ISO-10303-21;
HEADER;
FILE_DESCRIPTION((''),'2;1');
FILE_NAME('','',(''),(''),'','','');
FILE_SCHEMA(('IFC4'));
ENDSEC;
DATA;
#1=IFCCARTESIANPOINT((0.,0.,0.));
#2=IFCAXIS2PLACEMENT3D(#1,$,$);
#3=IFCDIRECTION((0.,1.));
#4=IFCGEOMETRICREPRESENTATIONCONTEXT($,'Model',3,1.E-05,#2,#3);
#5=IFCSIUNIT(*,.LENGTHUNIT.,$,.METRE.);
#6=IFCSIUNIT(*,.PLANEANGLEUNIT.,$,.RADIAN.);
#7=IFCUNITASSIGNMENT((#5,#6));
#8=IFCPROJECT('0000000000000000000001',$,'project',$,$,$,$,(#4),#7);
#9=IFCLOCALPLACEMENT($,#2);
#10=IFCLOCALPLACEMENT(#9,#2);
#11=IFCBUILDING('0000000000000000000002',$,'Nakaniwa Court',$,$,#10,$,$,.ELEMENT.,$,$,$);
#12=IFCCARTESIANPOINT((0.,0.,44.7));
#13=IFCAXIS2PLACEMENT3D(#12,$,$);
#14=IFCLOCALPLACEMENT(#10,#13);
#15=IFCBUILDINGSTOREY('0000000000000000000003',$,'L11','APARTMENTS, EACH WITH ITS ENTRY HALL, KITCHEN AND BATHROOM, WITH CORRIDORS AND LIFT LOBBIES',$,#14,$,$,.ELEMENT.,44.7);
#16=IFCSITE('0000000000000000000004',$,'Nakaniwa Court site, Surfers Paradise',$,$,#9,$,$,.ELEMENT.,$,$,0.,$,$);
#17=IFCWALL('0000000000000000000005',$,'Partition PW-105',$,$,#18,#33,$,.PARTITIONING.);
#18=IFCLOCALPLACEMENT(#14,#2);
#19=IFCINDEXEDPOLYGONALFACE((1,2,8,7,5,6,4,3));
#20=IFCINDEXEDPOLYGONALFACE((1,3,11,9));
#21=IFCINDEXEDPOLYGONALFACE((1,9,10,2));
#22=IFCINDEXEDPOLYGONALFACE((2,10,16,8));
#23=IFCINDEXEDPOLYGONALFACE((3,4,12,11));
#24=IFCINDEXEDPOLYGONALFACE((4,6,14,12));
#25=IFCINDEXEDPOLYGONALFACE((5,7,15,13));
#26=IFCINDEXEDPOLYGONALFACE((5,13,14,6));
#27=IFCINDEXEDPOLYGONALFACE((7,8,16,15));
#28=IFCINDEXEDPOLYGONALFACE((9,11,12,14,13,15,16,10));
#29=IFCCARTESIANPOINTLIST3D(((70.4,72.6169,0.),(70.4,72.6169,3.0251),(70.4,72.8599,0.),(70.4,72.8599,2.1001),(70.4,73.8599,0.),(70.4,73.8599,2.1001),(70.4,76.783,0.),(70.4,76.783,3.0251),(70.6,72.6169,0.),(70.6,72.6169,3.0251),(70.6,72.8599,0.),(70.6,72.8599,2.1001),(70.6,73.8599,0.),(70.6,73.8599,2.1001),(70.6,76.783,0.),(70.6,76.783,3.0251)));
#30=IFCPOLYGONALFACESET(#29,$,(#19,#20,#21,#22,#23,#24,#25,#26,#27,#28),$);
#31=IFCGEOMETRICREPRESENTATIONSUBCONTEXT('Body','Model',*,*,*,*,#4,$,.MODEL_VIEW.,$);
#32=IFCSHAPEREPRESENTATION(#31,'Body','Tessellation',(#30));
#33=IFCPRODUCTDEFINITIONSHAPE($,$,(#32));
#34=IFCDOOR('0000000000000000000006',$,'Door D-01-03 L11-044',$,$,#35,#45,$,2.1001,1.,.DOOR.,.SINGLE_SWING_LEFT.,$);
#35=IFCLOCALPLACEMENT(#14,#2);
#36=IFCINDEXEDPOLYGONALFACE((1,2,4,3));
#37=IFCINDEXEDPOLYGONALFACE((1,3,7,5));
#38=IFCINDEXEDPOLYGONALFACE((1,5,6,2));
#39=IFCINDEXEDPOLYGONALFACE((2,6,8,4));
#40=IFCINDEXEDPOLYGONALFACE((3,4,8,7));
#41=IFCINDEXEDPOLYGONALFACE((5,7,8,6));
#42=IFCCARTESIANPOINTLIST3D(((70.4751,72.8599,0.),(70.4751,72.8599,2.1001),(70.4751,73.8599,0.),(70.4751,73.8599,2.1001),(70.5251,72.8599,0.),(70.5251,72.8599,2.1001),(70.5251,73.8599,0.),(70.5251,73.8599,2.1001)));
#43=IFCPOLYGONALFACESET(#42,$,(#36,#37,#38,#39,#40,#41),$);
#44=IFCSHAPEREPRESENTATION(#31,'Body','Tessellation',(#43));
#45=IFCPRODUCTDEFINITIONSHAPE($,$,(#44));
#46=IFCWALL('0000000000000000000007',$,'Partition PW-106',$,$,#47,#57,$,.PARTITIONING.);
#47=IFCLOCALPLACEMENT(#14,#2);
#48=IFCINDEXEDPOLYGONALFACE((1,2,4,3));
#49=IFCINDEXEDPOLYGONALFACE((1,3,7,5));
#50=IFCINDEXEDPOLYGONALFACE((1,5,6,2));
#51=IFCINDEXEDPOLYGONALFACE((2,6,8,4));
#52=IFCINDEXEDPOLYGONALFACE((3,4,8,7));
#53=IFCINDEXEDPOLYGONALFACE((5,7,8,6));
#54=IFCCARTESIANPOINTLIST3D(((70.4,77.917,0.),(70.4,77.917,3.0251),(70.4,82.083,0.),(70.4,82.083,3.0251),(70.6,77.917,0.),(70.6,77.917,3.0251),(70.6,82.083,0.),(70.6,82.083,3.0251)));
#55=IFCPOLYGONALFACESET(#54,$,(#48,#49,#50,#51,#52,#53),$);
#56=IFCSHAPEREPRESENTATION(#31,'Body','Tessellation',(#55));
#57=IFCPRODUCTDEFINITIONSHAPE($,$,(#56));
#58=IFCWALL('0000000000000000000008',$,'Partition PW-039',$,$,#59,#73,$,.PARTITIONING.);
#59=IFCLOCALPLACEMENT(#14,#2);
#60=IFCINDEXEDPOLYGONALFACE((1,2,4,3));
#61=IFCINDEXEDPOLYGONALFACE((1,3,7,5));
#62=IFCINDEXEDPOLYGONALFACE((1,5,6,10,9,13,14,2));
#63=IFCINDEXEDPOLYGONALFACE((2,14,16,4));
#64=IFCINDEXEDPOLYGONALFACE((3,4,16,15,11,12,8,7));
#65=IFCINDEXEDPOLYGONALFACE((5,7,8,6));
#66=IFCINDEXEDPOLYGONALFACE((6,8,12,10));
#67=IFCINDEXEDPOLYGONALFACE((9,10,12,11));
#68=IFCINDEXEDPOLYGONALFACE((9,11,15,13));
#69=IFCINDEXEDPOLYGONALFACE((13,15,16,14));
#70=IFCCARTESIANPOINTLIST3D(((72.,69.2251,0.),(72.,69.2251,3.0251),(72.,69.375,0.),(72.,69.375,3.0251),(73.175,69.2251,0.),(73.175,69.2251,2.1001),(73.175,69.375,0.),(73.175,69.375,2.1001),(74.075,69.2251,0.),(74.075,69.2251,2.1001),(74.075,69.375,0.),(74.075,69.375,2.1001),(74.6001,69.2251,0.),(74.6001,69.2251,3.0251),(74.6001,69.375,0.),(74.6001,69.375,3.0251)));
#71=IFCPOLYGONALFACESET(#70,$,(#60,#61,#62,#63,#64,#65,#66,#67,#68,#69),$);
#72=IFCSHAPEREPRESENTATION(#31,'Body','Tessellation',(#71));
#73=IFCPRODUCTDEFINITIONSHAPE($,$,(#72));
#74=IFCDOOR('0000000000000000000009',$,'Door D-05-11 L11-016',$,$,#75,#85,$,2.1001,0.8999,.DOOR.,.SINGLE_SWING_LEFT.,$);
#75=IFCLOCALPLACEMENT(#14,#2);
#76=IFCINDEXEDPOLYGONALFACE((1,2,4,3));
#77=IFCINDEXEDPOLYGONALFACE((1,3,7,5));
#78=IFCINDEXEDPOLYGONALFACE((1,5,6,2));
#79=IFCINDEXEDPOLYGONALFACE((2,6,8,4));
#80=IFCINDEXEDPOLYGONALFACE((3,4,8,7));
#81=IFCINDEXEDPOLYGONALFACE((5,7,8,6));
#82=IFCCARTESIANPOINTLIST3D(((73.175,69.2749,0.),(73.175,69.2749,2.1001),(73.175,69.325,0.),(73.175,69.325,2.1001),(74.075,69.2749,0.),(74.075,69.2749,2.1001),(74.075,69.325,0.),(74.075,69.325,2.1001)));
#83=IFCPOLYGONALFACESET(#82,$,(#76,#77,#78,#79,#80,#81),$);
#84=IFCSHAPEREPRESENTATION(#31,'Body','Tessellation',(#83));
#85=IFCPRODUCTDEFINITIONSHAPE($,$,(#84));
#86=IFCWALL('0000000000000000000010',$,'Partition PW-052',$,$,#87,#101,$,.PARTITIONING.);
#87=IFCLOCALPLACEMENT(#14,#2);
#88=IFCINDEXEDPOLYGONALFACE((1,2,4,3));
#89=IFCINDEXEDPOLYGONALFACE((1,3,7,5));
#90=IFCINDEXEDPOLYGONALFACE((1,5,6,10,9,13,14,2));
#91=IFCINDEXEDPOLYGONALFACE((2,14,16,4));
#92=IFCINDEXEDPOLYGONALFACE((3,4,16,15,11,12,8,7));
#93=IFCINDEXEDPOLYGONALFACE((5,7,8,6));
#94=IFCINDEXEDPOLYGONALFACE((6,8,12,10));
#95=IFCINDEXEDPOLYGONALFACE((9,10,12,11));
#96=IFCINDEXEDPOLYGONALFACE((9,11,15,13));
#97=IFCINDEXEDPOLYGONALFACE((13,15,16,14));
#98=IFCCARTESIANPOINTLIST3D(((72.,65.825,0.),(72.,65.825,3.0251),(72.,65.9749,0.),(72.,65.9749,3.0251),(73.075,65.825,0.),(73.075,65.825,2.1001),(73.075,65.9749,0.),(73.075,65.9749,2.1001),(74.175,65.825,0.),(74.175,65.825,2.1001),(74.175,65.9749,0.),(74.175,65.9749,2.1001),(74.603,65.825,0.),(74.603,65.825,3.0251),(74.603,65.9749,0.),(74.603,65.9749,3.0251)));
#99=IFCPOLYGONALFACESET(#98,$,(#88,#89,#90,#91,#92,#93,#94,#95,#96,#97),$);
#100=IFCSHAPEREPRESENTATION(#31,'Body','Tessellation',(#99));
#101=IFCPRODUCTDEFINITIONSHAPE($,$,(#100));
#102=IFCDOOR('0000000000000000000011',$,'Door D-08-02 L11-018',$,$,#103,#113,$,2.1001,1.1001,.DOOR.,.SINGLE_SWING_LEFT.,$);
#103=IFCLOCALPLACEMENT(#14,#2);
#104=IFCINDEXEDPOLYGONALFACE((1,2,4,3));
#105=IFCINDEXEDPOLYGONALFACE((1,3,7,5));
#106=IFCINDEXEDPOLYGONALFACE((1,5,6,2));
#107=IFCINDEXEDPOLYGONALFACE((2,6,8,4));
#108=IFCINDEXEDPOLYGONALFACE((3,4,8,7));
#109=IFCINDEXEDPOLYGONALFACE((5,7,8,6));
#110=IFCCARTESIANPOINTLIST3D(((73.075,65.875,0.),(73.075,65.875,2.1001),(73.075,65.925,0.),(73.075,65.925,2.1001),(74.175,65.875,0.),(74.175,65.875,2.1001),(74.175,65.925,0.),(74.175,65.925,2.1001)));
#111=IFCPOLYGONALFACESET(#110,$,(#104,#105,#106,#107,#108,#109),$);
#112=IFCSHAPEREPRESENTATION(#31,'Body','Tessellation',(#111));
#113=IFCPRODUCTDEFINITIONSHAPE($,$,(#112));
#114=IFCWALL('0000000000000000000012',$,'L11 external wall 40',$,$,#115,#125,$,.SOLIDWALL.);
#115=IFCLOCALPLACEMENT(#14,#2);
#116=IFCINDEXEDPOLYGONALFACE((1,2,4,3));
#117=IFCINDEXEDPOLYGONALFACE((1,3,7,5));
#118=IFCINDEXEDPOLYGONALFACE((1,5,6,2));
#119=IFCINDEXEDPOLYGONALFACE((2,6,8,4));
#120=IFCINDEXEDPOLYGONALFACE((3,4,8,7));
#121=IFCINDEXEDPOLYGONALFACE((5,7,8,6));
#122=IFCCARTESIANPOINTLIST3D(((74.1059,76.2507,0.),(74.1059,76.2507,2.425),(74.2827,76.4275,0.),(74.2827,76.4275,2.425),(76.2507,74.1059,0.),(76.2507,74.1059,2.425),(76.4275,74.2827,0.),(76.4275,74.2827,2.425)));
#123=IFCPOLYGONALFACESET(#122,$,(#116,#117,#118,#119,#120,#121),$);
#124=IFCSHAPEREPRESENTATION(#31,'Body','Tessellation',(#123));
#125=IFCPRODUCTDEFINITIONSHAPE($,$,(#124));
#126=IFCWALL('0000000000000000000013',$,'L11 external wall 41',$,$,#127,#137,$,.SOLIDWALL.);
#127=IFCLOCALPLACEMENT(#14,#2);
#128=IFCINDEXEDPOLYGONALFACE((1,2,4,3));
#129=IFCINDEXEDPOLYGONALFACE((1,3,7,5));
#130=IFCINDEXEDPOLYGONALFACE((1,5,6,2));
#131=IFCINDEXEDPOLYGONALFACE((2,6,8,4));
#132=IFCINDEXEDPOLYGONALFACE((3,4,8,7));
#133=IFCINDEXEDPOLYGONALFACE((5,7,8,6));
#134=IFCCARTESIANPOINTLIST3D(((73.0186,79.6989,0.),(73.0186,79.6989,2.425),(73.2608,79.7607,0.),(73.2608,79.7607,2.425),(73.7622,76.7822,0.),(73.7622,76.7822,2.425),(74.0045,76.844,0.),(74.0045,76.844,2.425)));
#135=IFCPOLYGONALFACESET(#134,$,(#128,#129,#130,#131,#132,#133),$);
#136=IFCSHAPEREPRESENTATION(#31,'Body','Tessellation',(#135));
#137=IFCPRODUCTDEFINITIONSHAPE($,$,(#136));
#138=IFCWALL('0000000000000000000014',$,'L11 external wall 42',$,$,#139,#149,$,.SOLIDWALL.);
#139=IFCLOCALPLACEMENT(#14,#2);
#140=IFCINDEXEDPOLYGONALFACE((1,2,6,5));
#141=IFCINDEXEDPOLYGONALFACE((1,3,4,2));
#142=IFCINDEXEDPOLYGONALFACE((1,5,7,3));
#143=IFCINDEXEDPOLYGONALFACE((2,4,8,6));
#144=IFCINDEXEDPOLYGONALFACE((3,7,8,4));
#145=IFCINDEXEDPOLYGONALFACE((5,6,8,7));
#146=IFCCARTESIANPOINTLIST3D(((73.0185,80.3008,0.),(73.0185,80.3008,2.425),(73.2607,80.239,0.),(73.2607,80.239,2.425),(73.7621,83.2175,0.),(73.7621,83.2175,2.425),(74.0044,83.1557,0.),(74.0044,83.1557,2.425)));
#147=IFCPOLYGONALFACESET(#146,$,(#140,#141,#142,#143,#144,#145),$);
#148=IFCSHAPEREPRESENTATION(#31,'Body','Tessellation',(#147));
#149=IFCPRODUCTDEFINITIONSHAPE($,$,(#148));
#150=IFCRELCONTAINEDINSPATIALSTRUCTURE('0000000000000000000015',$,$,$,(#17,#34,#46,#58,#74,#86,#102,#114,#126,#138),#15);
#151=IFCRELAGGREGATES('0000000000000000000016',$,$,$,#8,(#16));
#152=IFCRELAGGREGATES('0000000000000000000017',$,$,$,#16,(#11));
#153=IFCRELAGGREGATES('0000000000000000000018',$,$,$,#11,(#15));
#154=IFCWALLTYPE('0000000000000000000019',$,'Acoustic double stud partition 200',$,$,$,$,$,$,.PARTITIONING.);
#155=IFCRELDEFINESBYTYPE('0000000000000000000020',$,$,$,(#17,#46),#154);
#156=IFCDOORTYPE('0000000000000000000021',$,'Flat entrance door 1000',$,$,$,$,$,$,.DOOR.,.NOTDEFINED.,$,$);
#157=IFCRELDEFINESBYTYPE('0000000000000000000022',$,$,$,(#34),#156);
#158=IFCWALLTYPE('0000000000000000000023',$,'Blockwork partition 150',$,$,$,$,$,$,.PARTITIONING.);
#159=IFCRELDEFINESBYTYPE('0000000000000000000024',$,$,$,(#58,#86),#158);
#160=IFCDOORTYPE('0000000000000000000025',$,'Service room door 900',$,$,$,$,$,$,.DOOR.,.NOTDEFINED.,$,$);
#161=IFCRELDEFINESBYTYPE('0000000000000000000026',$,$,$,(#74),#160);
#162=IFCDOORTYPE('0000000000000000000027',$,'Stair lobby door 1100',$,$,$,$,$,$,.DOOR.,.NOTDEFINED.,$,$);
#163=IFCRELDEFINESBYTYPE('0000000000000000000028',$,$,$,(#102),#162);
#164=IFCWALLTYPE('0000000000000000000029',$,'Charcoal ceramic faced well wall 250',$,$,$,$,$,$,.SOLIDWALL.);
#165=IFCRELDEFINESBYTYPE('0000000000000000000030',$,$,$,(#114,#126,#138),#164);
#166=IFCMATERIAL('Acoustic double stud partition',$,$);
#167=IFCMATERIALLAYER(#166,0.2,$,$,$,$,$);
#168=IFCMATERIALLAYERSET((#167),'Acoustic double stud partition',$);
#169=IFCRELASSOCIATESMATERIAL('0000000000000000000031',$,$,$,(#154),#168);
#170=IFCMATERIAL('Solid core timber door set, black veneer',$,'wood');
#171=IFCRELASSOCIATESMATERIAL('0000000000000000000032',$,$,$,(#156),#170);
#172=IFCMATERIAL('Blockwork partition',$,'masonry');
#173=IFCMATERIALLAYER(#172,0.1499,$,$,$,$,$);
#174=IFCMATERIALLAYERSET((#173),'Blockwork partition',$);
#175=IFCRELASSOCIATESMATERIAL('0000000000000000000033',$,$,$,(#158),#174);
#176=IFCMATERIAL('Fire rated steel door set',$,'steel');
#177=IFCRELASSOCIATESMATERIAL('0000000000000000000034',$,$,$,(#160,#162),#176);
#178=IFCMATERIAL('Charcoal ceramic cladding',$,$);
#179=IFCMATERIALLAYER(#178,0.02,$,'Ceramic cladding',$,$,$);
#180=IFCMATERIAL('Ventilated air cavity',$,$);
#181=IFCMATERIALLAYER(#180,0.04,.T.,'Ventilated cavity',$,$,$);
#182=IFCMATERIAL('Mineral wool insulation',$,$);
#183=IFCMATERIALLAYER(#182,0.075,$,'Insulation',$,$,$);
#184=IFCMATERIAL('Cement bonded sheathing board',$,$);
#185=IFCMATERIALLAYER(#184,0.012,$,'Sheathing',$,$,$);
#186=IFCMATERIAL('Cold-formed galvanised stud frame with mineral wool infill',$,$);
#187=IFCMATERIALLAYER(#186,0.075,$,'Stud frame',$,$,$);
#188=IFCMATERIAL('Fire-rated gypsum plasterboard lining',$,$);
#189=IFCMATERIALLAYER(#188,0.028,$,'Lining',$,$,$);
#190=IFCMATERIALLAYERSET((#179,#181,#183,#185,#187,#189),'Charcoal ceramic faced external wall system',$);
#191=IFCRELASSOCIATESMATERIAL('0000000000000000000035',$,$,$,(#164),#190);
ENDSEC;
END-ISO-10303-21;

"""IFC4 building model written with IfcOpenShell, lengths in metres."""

from ifc_helpers import new_model, si_unit, direction, frame, frame_2d, origin, place, context, subcontext, project, spatial, rectangle, extrude, material, layer, layer_set, type_object, element, fill, save


model = new_model("IFC4")

# Units and contexts
model_context = context("Model", 3, precision=1e-05, world=origin(), true_north=direction((0.0, 1.0)))
body_context = subcontext(model_context, "Body", "Model", "MODEL_VIEW")
ifc_project = project(units=[si_unit("LENGTHUNIT", "METRE"), si_unit("PLANEANGLEUNIT", "RADIAN")], contexts=[model_context])

# Site, building, storey
site_placement = place(None, origin())
site = spatial("IfcSite", under=ifc_project, at=site_placement, Name="Nakaniwa Court site, Surfers Paradise", CompositionType="ELEMENT", RefElevation=0.0)
building_placement = place(site_placement, origin())
building = spatial("IfcBuilding", under=site, at=building_placement, Name="Nakaniwa Court", CompositionType="ELEMENT")
storey_placement = place(building_placement, frame((0.0, 0.0, 44.7)))
storey = spatial("IfcBuildingStorey", under=building, at=storey_placement, Name="L11", Description="APARTMENTS, EACH WITH ITS ENTRY HALL, KITCHEN AND BATHROOM, WITH CORRIDORS AND LIFT LOBBIES", CompositionType="ELEMENT", Elevation=44.7)

# Shared definitions
ifc_material_1 = material(Name="Acoustic double stud partition")
ifc_layer_1 = layer(ifc_material_1, 0.2)
ifc_layer_set_1 = layer_set([ifc_layer_1], Name="Acoustic double stud partition")
wall_type_1 = type_object("IfcWallType", Name="Acoustic double stud partition 200", PredefinedType="PARTITIONING", material=ifc_layer_set_1)

# Wall, opening, door
ifc_material_2 = material(Name="Solid core timber door set, black veneer", Category="wood")
wall_1_placement = place(storey_placement, frame((70.5, 72.6169, 0.0), z_axis=(0.0, 0.0, 1.0), x_axis=(0.0, 1.0, 0.0)))
wall_1 = element("IfcWall", 1, at=wall_1_placement, inside=storey, type_object=wall_type_1, Name="Partition PW-105", PredefinedType="PARTITIONING", context=body_context, shape_type="SweptSolid", body=[
    extrude(rectangle(XDim=4.166, YDim=0.2, at=frame_2d((2.083, 0.0))), origin(), (0.0, 0.0, 1.0), 3.0251),
])
opening_1_placement = place(wall_1_placement, frame((0.2429, 0.0, 0.0)))
opening_1 = element("IfcOpeningElement", 2, at=opening_1_placement, cuts=wall_1, PredefinedType="OPENING", context=body_context, shape_type="SweptSolid", body=[
    extrude(rectangle(XDim=1.0, YDim=2.1001, at=frame_2d((0.5, 1.05))), frame((0.0, 0.1099, 0.0), z_axis=(0.0, -1.0, 0.0), x_axis=(1.0, 0.0, 0.0)), (0.0, 0.0, 1.0), 0.22),
])
door_type_1 = type_object("IfcDoorType", Name="Flat entrance door 1000", OperationType="NOTDEFINED", PredefinedType="DOOR", material=ifc_material_2)
door_1_placement = place(opening_1_placement, origin())
door_1 = element("IfcDoor", 3, at=door_1_placement, inside=storey, type_object=door_type_1, Name="Door D-01-03 L11-044", OperationType="SINGLE_SWING_LEFT", OverallHeight=2.1001, OverallWidth=1.0, PredefinedType="DOOR", context=body_context, shape_type="SweptSolid", body=[
    extrude(rectangle(XDim=1.0, YDim=2.1001, at=frame_2d((0.5, 1.05))), frame((0.0, 0.0249, 0.0), z_axis=(0.0, -1.0, 0.0), x_axis=(1.0, 0.0, 0.0)), (0.0, 0.0, 1.0), 0.05),
])
fill(opening_1, door_1)

# Wall
wall_2_placement = place(storey_placement, frame((70.5, 77.917, 0.0), z_axis=(0.0, 0.0, 1.0), x_axis=(0.0, 1.0, 0.0)))
element("IfcWall", 4, at=wall_2_placement, inside=storey, type_object=wall_type_1, Name="Partition PW-106", PredefinedType="PARTITIONING", context=body_context, shape_type="SweptSolid", body=[
    extrude(rectangle(XDim=4.166, YDim=0.2, at=frame_2d((2.083, 0.0))), origin(), (0.0, 0.0, 1.0), 3.0251),
])

# Walls, openings, doors
ifc_material_3 = material(Name="Blockwork partition", Category="masonry")
ifc_layer_2 = layer(ifc_material_3, 0.1499)
ifc_layer_set_2 = layer_set([ifc_layer_2], Name="Blockwork partition")
wall_type_2 = type_object("IfcWallType", Name="Blockwork partition 150", PredefinedType="PARTITIONING", material=ifc_layer_set_2)
wall_3_placement = place(storey_placement, frame((72.0, 69.3, 0.0), z_axis=(0.0, 0.0, 1.0), x_axis=(1.0, 0.0, 0.0)))
wall_3 = element("IfcWall", 5, at=wall_3_placement, inside=storey, type_object=wall_type_2, Name="Partition PW-039", PredefinedType="PARTITIONING", context=body_context, shape_type="SweptSolid", body=[
    extrude(rectangle(XDim=2.6001, YDim=0.1499, at=frame_2d((1.3, 0.0))), origin(), (0.0, 0.0, 1.0), 3.0251),
])
opening_2_placement = place(wall_3_placement, frame((1.175, 0.0, 0.0)))
opening_2 = element("IfcOpeningElement", 6, at=opening_2_placement, cuts=wall_3, PredefinedType="OPENING", context=body_context, shape_type="SweptSolid", body=[
    extrude(rectangle(XDim=0.8999, YDim=2.1001, at=frame_2d((0.45, 1.05))), frame((0.0, 0.085, 0.0), z_axis=(0.0, -1.0, 0.0), x_axis=(1.0, 0.0, 0.0)), (0.0, 0.0, 1.0), 0.1699),
])
ifc_material_4 = material(Name="Fire rated steel door set", Category="steel")
door_type_2 = type_object("IfcDoorType", Name="Service room door 900", OperationType="NOTDEFINED", PredefinedType="DOOR", material=ifc_material_4)
door_2_placement = place(opening_2_placement, origin())
door_2 = element("IfcDoor", 7, at=door_2_placement, inside=storey, type_object=door_type_2, Name="Door D-05-11 L11-016", OperationType="SINGLE_SWING_LEFT", OverallHeight=2.1001, OverallWidth=0.8999, PredefinedType="DOOR", context=body_context, shape_type="SweptSolid", body=[
    extrude(rectangle(XDim=0.8999, YDim=2.1001, at=frame_2d((0.45, 1.05))), frame((0.0, 0.0249, 0.0), z_axis=(0.0, -1.0, 0.0), x_axis=(1.0, 0.0, 0.0)), (0.0, 0.0, 1.0), 0.05),
])
fill(opening_2, door_2)
wall_4_placement = place(storey_placement, frame((74.603, 65.8999, 0.0), z_axis=(0.0, 0.0, 1.0), x_axis=(-1.0, 0.0, 0.0)))
wall_4 = element("IfcWall", 8, at=wall_4_placement, inside=storey, type_object=wall_type_2, Name="Partition PW-052", PredefinedType="PARTITIONING", context=body_context, shape_type="SweptSolid", body=[
    extrude(rectangle(XDim=2.603, YDim=0.1499, at=frame_2d((1.3015, 0.0))), origin(), (0.0, 0.0, 1.0), 3.0251),
])
opening_3_placement = place(wall_4_placement, frame((0.428, 0.0, 0.0)))
opening_3 = element("IfcOpeningElement", 9, at=opening_3_placement, cuts=wall_4, PredefinedType="OPENING", context=body_context, shape_type="SweptSolid", body=[
    extrude(rectangle(XDim=1.1001, YDim=2.1001, at=frame_2d((0.55, 1.05))), frame((0.0, 0.085, 0.0), z_axis=(0.0, -1.0, 0.0), x_axis=(1.0, 0.0, 0.0)), (0.0, 0.0, 1.0), 0.1699),
])
door_type_3 = type_object("IfcDoorType", Name="Stair lobby door 1100", OperationType="NOTDEFINED", PredefinedType="DOOR", material=ifc_material_4)
door_3_placement = place(opening_3_placement, origin())
door_3 = element("IfcDoor", 10, at=door_3_placement, inside=storey, type_object=door_type_3, Name="Door D-08-02 L11-018", OperationType="SINGLE_SWING_LEFT", OverallHeight=2.1001, OverallWidth=1.1001, PredefinedType="DOOR", context=body_context, shape_type="SweptSolid", body=[
    extrude(rectangle(XDim=1.1001, YDim=2.1001, at=frame_2d((0.55, 1.05))), frame((0.0, 0.0249, 0.0), z_axis=(0.0, -1.0, 0.0), x_axis=(1.0, 0.0, 0.0)), (0.0, 0.0, 1.0), 0.05),
])
fill(opening_3, door_3)

# Walls
ifc_material_5 = material(Name="Charcoal ceramic cladding")
ifc_layer_3 = layer(ifc_material_5, 0.02, Name="Ceramic cladding")
ifc_material_6 = material(Name="Ventilated air cavity")
ifc_layer_4 = layer(ifc_material_6, 0.04, ventilated=True, Name="Ventilated cavity")
ifc_material_7 = material(Name="Mineral wool insulation")
ifc_layer_5 = layer(ifc_material_7, 0.075, Name="Insulation")
ifc_material_8 = material(Name="Cement bonded sheathing board")
ifc_layer_6 = layer(ifc_material_8, 0.012, Name="Sheathing")
ifc_material_9 = material(Name="Cold-formed galvanised stud frame with mineral wool infill")
ifc_layer_7 = layer(ifc_material_9, 0.075, Name="Stud frame")
ifc_material_10 = material(Name="Fire-rated gypsum plasterboard lining")
ifc_layer_8 = layer(ifc_material_10, 0.028, Name="Lining")
ifc_layer_set_3 = layer_set([ifc_layer_3, ifc_layer_4, ifc_layer_5, ifc_layer_6, ifc_layer_7, ifc_layer_8], Name="Charcoal ceramic faced external wall system")
wall_type_3 = type_object("IfcWallType", Name="Charcoal ceramic faced well wall 250", PredefinedType="SOLIDWALL", material=ifc_layer_set_3)
wall_5_placement = place(storey_placement, frame((76.3391, 74.1943, 0.0), z_axis=(0.0, 0.0, 1.0), x_axis=(-0.707107, 0.707107, 0.0)))
element("IfcWall", 11, at=wall_5_placement, inside=storey, type_object=wall_type_3, Name="L11 external wall 40", PredefinedType="SOLIDWALL", context=body_context, shape_type="SweptSolid", body=[
    extrude(rectangle(XDim=3.0332, YDim=0.25, at=frame_2d((1.5166, 0.0))), origin(), (0.0, 0.0, 1.0), 2.425),
])
for number, where, z_axis, x_axis, name in (
    (12, (73.8833, 76.8132, 0.0), (0.0, 0.0, 1.0), (-0.247056, 0.969001, 0.0), "L11 external wall 41"),
    (13, (73.1396, 80.27, 0.0), (0.0, 0.0, 1.0), (0.247056, 0.969001, 0.0), "L11 external wall 42"),
):
    element("IfcWall", number, at=place(storey_placement, frame(where, z_axis=z_axis, x_axis=x_axis)), inside=storey, type_object=wall_type_3, Name=name, PredefinedType="SOLIDWALL", context=body_context, shape_type="SweptSolid", body=[
        extrude(rectangle(XDim=3.01, YDim=0.25, at=frame_2d((1.5049, 0.0))), origin(), (0.0, 0.0, 1.0), 2.425),
    ])

save(model, "model.ifc")
